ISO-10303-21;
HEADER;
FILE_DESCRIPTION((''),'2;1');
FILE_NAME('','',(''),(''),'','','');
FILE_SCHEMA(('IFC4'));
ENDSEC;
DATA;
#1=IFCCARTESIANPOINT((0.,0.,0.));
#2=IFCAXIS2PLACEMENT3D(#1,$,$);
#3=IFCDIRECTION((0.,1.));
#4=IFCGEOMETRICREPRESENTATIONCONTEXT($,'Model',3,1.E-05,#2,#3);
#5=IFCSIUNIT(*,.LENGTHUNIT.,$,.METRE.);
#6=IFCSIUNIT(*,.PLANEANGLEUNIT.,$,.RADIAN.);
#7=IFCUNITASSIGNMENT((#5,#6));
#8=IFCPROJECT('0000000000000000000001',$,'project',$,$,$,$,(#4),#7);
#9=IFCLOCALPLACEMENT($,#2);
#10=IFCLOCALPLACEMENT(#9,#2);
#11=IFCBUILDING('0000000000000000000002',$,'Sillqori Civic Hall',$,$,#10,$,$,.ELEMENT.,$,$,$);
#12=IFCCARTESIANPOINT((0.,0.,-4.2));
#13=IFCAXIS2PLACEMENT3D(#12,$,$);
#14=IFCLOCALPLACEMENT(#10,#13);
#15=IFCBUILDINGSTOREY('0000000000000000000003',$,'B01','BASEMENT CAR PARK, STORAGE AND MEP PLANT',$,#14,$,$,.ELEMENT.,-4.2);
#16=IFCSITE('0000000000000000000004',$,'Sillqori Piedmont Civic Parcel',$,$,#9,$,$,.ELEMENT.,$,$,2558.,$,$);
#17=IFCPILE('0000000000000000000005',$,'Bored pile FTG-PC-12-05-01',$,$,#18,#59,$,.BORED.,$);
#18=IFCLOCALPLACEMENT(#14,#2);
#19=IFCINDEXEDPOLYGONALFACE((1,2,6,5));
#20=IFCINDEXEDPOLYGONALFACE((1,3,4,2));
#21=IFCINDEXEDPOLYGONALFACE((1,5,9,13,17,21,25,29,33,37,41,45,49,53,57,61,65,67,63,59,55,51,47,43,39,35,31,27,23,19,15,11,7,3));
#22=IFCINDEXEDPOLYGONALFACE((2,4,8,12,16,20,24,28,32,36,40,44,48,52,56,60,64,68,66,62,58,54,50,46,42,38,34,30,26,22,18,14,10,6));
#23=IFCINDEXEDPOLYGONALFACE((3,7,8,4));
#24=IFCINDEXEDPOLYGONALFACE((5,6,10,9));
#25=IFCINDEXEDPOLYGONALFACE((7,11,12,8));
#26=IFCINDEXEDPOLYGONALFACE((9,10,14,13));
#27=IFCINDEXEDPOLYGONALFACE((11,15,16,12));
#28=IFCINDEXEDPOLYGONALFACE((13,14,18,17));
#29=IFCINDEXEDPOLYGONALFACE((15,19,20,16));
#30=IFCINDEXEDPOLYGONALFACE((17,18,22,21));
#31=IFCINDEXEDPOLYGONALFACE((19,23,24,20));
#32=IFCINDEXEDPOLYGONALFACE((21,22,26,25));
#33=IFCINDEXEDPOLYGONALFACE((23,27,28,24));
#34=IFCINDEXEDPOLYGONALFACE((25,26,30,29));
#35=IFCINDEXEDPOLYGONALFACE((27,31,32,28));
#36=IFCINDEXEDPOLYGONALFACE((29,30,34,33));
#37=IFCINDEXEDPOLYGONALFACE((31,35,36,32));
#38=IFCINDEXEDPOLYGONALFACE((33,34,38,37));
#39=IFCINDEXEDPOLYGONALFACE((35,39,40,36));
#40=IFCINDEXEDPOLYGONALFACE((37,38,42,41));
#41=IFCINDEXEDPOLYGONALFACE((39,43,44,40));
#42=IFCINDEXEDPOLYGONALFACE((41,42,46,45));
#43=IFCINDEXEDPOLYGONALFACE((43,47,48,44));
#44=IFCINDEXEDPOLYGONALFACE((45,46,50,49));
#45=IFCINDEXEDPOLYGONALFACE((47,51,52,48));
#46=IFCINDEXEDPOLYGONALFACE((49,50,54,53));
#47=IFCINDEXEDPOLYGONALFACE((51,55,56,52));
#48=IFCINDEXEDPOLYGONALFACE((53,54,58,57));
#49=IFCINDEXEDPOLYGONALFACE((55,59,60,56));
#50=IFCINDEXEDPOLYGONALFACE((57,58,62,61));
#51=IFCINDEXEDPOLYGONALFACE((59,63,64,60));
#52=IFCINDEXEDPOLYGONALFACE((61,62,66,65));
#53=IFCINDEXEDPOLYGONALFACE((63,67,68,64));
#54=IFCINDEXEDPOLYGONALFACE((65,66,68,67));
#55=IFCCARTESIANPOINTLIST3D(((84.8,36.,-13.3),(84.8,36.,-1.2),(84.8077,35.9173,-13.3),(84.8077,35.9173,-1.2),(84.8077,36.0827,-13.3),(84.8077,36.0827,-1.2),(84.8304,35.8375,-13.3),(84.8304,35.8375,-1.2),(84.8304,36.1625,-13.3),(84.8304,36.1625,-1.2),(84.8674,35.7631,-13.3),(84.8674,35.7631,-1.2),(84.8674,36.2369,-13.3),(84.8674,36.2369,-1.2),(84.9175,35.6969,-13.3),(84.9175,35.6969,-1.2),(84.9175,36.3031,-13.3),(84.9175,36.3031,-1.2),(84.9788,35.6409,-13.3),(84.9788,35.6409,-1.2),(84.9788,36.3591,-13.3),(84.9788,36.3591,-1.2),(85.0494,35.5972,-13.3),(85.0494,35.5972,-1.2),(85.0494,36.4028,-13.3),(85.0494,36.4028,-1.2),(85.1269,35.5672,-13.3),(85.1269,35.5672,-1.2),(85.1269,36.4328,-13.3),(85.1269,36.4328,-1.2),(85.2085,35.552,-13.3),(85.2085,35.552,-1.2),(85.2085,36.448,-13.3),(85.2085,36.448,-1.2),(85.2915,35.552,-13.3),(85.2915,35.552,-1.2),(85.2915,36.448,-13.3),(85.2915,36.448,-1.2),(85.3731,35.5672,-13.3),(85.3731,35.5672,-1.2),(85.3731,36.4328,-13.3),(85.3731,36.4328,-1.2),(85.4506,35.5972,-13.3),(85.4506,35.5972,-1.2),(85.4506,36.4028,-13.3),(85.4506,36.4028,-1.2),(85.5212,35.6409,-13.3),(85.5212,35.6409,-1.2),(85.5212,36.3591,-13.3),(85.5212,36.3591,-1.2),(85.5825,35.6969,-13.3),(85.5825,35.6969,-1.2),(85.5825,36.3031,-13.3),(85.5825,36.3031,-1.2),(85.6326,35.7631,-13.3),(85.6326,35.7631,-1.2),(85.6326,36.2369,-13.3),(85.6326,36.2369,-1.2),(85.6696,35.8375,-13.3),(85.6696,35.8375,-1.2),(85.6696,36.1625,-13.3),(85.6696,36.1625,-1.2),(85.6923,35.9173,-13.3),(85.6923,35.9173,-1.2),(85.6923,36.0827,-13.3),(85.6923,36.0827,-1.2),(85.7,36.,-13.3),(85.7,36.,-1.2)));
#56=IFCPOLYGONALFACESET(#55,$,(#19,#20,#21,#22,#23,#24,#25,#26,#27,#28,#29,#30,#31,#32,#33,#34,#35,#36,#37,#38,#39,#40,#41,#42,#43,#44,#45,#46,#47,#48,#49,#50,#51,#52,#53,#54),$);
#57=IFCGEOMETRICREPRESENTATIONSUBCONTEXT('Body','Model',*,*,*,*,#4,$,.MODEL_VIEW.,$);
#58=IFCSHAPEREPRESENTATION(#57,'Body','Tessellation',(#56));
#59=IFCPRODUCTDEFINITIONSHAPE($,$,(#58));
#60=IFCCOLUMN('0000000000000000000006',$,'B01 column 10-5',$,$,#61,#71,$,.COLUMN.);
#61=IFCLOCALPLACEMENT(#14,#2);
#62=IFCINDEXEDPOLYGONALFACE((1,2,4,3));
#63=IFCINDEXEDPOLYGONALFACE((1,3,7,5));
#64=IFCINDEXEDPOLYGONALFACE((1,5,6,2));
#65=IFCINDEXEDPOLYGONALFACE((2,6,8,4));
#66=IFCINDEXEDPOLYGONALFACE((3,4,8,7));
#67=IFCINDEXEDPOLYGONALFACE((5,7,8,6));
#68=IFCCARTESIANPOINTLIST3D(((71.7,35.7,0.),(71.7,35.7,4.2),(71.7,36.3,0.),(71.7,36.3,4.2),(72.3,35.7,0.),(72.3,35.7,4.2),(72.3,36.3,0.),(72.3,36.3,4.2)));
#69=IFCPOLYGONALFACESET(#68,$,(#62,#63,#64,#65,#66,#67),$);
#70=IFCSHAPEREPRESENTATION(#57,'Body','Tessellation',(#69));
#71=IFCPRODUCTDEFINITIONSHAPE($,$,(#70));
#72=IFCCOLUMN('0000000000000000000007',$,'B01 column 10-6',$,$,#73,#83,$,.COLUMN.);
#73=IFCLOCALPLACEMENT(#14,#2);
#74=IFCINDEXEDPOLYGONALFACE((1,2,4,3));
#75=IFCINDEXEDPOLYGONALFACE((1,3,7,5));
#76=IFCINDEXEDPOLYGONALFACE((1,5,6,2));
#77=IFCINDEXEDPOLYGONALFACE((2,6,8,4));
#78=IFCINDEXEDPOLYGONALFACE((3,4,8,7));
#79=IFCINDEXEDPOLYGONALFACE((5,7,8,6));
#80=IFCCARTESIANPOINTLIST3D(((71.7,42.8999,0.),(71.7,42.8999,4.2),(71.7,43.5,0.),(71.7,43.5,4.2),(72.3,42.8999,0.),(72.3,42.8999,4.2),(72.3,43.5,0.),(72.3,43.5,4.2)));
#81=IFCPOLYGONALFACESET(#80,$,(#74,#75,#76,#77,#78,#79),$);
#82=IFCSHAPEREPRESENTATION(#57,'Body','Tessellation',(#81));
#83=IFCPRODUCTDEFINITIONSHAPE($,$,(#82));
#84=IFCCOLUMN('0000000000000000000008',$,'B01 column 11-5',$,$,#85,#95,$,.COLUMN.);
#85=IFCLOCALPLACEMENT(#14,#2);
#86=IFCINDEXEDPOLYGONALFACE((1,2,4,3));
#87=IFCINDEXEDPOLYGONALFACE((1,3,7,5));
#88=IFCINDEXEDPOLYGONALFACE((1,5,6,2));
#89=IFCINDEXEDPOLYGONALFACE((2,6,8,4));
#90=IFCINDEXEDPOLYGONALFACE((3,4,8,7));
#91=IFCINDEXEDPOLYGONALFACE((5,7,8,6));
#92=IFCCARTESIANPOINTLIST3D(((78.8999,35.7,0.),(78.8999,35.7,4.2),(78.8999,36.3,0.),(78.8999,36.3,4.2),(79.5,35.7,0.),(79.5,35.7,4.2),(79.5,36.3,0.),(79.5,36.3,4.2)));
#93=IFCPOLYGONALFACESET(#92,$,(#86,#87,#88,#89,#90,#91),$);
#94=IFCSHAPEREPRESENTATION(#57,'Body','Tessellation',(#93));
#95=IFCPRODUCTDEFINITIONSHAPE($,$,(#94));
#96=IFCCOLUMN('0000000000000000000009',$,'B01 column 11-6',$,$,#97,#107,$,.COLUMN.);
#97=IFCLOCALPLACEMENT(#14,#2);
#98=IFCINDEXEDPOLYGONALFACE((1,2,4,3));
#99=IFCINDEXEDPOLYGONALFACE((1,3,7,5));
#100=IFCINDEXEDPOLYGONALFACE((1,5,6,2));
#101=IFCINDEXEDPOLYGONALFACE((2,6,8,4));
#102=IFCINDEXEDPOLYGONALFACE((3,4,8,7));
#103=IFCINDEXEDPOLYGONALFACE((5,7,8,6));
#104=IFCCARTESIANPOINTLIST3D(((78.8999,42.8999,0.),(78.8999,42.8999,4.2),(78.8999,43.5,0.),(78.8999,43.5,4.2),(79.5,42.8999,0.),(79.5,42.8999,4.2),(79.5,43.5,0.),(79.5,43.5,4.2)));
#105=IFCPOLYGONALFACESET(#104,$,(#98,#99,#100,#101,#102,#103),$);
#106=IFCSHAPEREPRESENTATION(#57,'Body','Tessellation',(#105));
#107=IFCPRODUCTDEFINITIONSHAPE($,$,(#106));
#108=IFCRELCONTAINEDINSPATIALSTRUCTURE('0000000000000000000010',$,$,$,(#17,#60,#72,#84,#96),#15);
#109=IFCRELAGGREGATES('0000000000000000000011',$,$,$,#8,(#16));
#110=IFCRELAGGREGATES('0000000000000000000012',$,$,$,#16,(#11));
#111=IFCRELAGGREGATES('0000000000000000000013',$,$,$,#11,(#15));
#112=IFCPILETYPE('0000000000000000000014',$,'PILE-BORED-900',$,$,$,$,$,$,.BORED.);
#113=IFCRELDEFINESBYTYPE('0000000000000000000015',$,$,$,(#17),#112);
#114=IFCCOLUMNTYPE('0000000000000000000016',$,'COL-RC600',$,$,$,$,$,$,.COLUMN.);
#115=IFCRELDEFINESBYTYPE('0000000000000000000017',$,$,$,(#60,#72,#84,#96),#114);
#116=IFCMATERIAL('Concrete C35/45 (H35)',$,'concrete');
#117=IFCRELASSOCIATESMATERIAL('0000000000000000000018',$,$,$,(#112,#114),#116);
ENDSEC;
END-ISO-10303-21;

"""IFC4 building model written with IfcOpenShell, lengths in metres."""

from ifc_helpers import new_model, si_unit, direction, frame, origin, origin_2d, place, context, subcontext, project, spatial, rectangle, circle, extrude, material, material_profile, profile_set, type_object, element, save


model = new_model("IFC4")

# Units and contexts
model_context = context("Model", 3, precision=1e-05, world=origin(), true_north=direction((0.0, 1.0)))
body_context = subcontext(model_context, "Body", "Model", "MODEL_VIEW")
ifc_project = project(units=[si_unit("LENGTHUNIT", "METRE"), si_unit("PLANEANGLEUNIT", "RADIAN")], contexts=[model_context])

# Site, building, storey
site_placement = place(None, origin())
site = spatial("IfcSite", under=ifc_project, at=site_placement, Name="Sillqori Piedmont Civic Parcel", CompositionType="ELEMENT", RefElevation=2558.0)
building_placement = place(site_placement, origin())
building = spatial("IfcBuilding", under=site, at=building_placement, Name="Sillqori Civic Hall", CompositionType="ELEMENT")
storey_placement = place(building_placement, frame((0.0, 0.0, -4.2)))
storey = spatial("IfcBuildingStorey", under=building, at=storey_placement, Name="B01", Description="BASEMENT CAR PARK, STORAGE AND MEP PLANT", CompositionType="ELEMENT", Elevation=-4.2)

# Shared definitions
ifc_material = material(Name="Concrete C35/45 (H35)", Category="concrete")

# Pile
ifc_material_profile_1 = material_profile(ifc_material, circle(Radius=0.45, at=origin_2d()), Name="BORED PILE 900")
ifc_profile_set_1 = profile_set([ifc_material_profile_1], Name="Concrete C35/45 (H35)")
pile_type = type_object("IfcPileType", Name="PILE-BORED-900", PredefinedType="BORED", material=ifc_profile_set_1)
for number, where, z_axis, x_axis, name in (
    (1, (85.25, 36.0, -1.2), (0.0, 0.0, -1.0), (1.0, 0.0, 0.0), "Bored pile FTG-PC-12-05-01"),
):
    element("IfcPile", number, at=place(storey_placement, frame(where, z_axis=z_axis, x_axis=x_axis)), inside=storey, type_object=pile_type, Name=name, PredefinedType="BORED", context=body_context, shape_type="SweptSolid", body=[
        extrude(circle(Radius=0.45, at=origin_2d()), origin(), (0.0, 0.0, 1.0), 12.1001),
    ])

# Columns
ifc_material_profile_2 = material_profile(ifc_material, rectangle(XDim=0.6001, YDim=0.6001, at=origin_2d()), Name="RC 600x600")
ifc_profile_set_2 = profile_set([ifc_material_profile_2], Name="Concrete C35/45 (H35)")
column_type = type_object("IfcColumnType", Name="COL-RC600", PredefinedType="COLUMN", material=ifc_profile_set_2)
for number, where, z_axis, x_axis, name in (
    (2, (72.0, 36.0, 0.0), (0.0, 0.0, 1.0), (1.0, 0.0, 0.0), "B01 column 10-5"),
    (3, (72.0, 43.2, 0.0), (0.0, 0.0, 1.0), (1.0, 0.0, 0.0), "B01 column 10-6"),
    (4, (79.2, 36.0, 0.0), (0.0, 0.0, 1.0), (1.0, 0.0, 0.0), "B01 column 11-5"),
    (5, (79.2, 43.2, 0.0), (0.0, 0.0, 1.0), (1.0, 0.0, 0.0), "B01 column 11-6"),
):
    element("IfcColumn", number, at=place(storey_placement, frame(where, z_axis=z_axis, x_axis=x_axis)), inside=storey, type_object=column_type, Name=name, PredefinedType="COLUMN", context=body_context, shape_type="SweptSolid", body=[
        extrude(rectangle(XDim=0.6001, YDim=0.6001, at=origin_2d()), origin(), (0.0, 0.0, 1.0), 4.2),
    ])

save(model, "model.ifc")
